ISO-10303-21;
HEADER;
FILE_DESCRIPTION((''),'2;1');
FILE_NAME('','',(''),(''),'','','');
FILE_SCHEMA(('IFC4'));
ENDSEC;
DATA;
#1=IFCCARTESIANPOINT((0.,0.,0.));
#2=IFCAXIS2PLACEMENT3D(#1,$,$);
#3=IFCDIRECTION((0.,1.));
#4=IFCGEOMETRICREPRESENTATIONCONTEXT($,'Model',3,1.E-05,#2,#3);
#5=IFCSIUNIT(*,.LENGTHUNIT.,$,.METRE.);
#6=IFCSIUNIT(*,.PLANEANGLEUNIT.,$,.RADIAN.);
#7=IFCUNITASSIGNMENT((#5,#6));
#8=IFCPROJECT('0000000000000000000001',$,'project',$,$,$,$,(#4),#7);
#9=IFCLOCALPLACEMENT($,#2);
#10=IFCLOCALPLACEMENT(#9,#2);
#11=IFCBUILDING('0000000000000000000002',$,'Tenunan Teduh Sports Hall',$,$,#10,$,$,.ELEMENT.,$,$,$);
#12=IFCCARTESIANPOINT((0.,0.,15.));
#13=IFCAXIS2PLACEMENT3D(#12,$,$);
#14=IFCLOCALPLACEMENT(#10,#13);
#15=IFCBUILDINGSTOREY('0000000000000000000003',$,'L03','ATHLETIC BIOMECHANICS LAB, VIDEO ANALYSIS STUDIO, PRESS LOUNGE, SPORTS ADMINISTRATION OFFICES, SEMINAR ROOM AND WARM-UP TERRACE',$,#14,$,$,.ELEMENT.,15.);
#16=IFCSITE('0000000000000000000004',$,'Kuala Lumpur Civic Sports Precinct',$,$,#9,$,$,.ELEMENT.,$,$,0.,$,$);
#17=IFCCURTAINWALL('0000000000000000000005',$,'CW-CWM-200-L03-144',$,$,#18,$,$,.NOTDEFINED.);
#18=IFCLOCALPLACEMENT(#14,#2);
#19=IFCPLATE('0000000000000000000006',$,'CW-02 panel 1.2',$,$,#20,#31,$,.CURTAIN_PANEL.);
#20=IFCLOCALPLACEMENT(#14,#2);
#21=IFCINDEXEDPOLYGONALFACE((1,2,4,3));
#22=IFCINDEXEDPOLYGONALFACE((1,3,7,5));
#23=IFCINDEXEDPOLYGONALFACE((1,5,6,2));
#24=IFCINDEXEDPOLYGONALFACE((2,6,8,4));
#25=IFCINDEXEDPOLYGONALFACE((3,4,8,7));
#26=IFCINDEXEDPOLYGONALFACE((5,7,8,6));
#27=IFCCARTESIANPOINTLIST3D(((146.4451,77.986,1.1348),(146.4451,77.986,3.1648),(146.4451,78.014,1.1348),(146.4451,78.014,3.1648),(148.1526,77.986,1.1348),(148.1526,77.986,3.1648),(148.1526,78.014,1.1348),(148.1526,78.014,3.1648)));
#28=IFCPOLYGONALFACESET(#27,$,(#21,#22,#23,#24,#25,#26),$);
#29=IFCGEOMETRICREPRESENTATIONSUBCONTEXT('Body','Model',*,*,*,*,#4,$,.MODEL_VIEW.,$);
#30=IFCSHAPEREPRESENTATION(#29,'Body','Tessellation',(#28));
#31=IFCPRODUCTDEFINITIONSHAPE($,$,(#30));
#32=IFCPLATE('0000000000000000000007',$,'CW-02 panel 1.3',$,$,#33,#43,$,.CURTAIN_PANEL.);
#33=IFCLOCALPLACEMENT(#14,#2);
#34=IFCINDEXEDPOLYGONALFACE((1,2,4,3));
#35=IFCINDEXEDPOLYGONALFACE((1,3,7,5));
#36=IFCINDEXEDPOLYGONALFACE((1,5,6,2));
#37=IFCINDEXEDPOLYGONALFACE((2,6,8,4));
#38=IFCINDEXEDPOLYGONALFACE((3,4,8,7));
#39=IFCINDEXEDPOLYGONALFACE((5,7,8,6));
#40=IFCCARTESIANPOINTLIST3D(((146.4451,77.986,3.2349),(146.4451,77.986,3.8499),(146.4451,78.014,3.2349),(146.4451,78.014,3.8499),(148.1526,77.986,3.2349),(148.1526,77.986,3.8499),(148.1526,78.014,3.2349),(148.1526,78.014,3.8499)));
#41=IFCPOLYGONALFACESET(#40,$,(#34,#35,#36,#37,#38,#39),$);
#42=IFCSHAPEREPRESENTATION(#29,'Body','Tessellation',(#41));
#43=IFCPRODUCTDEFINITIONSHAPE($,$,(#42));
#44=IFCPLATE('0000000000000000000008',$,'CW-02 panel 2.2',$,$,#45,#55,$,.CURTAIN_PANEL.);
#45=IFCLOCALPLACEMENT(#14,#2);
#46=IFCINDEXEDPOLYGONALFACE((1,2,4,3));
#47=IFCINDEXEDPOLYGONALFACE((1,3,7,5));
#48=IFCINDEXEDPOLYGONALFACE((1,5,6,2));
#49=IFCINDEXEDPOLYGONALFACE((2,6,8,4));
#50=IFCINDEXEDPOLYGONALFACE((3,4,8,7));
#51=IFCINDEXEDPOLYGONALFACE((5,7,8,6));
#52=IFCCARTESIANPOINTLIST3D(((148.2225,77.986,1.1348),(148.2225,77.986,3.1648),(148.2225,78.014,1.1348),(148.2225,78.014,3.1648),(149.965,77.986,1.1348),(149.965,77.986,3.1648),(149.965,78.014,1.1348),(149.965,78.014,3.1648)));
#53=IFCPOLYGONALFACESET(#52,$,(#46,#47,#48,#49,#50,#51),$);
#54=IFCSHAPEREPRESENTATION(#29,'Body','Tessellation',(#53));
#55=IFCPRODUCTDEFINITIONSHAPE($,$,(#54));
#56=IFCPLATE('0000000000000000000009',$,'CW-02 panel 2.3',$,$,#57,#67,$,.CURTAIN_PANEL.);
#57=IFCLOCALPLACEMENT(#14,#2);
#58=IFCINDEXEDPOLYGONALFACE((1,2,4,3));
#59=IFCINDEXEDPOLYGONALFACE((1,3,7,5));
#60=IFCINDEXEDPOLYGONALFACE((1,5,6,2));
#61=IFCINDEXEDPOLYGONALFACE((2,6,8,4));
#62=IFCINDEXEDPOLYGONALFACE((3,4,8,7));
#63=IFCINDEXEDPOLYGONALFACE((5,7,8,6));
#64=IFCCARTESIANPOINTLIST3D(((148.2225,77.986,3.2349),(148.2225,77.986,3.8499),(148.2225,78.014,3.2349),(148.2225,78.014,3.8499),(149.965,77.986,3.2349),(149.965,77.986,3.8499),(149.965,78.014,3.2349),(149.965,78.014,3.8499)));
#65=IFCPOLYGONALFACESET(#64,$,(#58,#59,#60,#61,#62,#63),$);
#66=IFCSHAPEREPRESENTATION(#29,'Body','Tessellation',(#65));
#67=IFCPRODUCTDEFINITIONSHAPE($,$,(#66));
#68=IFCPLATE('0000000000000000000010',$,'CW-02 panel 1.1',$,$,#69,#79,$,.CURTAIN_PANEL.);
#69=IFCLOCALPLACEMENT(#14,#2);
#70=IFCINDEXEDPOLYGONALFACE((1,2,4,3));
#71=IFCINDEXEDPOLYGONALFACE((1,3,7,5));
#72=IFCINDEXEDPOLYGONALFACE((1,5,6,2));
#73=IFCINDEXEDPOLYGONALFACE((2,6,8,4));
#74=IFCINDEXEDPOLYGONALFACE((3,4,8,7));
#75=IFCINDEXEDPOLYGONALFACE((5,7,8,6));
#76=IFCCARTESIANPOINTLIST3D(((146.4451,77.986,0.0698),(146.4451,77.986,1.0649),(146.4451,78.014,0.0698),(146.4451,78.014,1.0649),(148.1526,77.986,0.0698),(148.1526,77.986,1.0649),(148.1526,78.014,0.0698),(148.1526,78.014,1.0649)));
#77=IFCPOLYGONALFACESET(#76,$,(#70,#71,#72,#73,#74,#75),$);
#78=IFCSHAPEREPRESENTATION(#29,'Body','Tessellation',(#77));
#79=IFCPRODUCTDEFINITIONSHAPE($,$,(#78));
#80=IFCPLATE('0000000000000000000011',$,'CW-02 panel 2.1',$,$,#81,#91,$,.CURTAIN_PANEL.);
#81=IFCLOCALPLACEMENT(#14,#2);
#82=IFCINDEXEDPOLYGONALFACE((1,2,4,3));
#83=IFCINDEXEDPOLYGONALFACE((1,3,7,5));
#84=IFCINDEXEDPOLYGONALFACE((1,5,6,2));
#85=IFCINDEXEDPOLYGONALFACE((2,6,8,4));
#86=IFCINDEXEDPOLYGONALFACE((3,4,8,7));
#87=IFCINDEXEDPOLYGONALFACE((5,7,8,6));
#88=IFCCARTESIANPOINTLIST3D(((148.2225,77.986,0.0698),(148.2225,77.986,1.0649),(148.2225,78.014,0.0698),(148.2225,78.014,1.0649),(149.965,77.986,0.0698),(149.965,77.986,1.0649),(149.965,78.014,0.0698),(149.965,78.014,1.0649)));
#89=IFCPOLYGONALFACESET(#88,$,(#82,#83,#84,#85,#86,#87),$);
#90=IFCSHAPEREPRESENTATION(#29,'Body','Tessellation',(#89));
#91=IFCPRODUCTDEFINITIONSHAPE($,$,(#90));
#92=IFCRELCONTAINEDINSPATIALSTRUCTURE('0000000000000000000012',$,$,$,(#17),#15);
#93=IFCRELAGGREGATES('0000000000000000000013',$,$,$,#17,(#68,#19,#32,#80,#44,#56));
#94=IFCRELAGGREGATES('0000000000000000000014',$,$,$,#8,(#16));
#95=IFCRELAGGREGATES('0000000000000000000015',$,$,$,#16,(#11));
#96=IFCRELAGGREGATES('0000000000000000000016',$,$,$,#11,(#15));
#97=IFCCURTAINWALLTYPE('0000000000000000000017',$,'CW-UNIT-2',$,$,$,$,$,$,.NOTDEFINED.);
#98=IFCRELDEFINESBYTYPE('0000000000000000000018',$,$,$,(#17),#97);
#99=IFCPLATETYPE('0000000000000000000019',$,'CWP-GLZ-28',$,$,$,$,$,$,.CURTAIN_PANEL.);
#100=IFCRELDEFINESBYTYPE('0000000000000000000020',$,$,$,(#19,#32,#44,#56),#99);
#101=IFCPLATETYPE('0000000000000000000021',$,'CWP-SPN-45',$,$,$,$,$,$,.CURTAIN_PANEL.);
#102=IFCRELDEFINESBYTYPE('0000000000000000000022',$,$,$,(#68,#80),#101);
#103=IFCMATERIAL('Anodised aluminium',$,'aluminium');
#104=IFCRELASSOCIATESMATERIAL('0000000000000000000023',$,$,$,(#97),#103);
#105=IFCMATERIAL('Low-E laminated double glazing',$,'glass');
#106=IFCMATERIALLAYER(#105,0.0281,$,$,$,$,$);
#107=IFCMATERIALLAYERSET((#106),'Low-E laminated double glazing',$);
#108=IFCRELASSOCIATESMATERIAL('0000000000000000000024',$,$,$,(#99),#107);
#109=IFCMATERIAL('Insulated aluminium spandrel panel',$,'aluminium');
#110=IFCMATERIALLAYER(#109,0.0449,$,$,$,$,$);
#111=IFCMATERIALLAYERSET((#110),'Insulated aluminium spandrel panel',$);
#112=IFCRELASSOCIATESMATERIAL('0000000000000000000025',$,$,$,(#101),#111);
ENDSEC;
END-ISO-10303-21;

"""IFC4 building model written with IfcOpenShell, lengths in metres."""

from ifc_helpers import new_model, si_unit, direction, frame, origin, origin_2d, place, context, subcontext, project, spatial, rectangle, extrude, material, layer, layer_set, type_object, element, aggregate, save


model = new_model("IFC4")

# Units and contexts
model_context = context("Model", 3, precision=1e-05, world=origin(), true_north=direction((0.0, 1.0)))
body_context = subcontext(model_context, "Body", "Model", "MODEL_VIEW")
ifc_project = project(units=[si_unit("LENGTHUNIT", "METRE"), si_unit("PLANEANGLEUNIT", "RADIAN")], contexts=[model_context])

# Site, building, storey
site_placement = place(None, origin())
site = spatial("IfcSite", under=ifc_project, at=site_placement, Name="Kuala Lumpur Civic Sports Precinct", CompositionType="ELEMENT", RefElevation=0.0)
building_placement = place(site_placement, origin())
building = spatial("IfcBuilding", under=site, at=building_placement, Name="Tenunan Teduh Sports Hall", CompositionType="ELEMENT")
storey_placement = place(building_placement, frame((0.0, 0.0, 15.0)))
storey = spatial("IfcBuildingStorey", under=building, at=storey_placement, Name="L03", Description="ATHLETIC BIOMECHANICS LAB, VIDEO ANALYSIS STUDIO, PRESS LOUNGE, SPORTS ADMINISTRATION OFFICES, SEMINAR ROOM AND WARM-UP TERRACE", CompositionType="ELEMENT", Elevation=15.0)

# Curtain wall, plates
ifc_material_1 = material(Name="Anodised aluminium", Category="aluminium")
curtain_wall_type = type_object("IfcCurtainWallType", Name="CW-UNIT-2", PredefinedType="NOTDEFINED", material=ifc_material_1)
curtain_wall_placement = place(storey_placement, origin())
curtain_wall = element("IfcCurtainWall", 1, at=curtain_wall_placement, inside=storey, type_object=curtain_wall_type, Name="CW-CWM-200-L03-144", PredefinedType="NOTDEFINED")
ifc_material_2 = material(Name="Low-E laminated double glazing", Category="glass")
ifc_layer_1 = layer(ifc_material_2, 0.0281)
ifc_layer_set_1 = layer_set([ifc_layer_1], Name="Low-E laminated double glazing")
plate_type_1 = type_object("IfcPlateType", Name="CWP-GLZ-28", PredefinedType="CURTAIN_PANEL", material=ifc_layer_set_1)
plate_1_placement = place(storey_placement, frame((147.2988, 78.0, 1.1348), z_axis=(0.0, 0.0, 1.0), x_axis=(1.0, 0.0, 0.0)))
plate_1 = element("IfcPlate", 2, at=plate_1_placement, type_object=plate_type_1, Name="CW-02 panel 1.2", PredefinedType="CURTAIN_PANEL", context=body_context, shape_type="SweptSolid", body=[
    extrude(rectangle(XDim=1.7075, YDim=0.0281, at=origin_2d()), origin(), (0.0, 0.0, 1.0), 2.03),
])
plate_2_placement = place(storey_placement, frame((147.2988, 78.0, 3.2349), z_axis=(0.0, 0.0, 1.0), x_axis=(1.0, 0.0, 0.0)))
plate_2 = element("IfcPlate", 3, at=plate_2_placement, type_object=plate_type_1, Name="CW-02 panel 1.3", PredefinedType="CURTAIN_PANEL", context=body_context, shape_type="SweptSolid", body=[
    extrude(rectangle(XDim=1.7075, YDim=0.0281, at=origin_2d()), origin(), (0.0, 0.0, 1.0), 0.615),
])
plate_3_placement = place(storey_placement, frame((149.0938, 78.0, 1.1348), z_axis=(0.0, 0.0, 1.0), x_axis=(1.0, 0.0, 0.0)))
plate_3 = element("IfcPlate", 4, at=plate_3_placement, type_object=plate_type_1, Name="CW-02 panel 2.2", PredefinedType="CURTAIN_PANEL", context=body_context, shape_type="SweptSolid", body=[
    extrude(rectangle(XDim=1.7424, YDim=0.0281, at=origin_2d()), origin(), (0.0, 0.0, 1.0), 2.03),
])
plate_4_placement = place(storey_placement, frame((149.0938, 78.0, 3.2349), z_axis=(0.0, 0.0, 1.0), x_axis=(1.0, 0.0, 0.0)))
plate_4 = element("IfcPlate", 5, at=plate_4_placement, type_object=plate_type_1, Name="CW-02 panel 2.3", PredefinedType="CURTAIN_PANEL", context=body_context, shape_type="SweptSolid", body=[
    extrude(rectangle(XDim=1.7424, YDim=0.0281, at=origin_2d()), origin(), (0.0, 0.0, 1.0), 0.615),
])
ifc_material_3 = material(Name="Insulated aluminium spandrel panel", Category="aluminium")
ifc_layer_2 = layer(ifc_material_3, 0.0449)
ifc_layer_set_2 = layer_set([ifc_layer_2], Name="Insulated aluminium spandrel panel")
plate_type_2 = type_object("IfcPlateType", Name="CWP-SPN-45", PredefinedType="CURTAIN_PANEL", material=ifc_layer_set_2)
plate_5_placement = place(storey_placement, frame((147.2988, 78.0, 0.0698), z_axis=(0.0, 0.0, 1.0), x_axis=(1.0, 0.0, 0.0)))
plate_5 = element("IfcPlate", 6, at=plate_5_placement, type_object=plate_type_2, Name="CW-02 panel 1.1", PredefinedType="CURTAIN_PANEL", context=body_context, shape_type="SweptSolid", body=[
    extrude(rectangle(XDim=1.7075, YDim=0.0281, at=origin_2d()), origin(), (0.0, 0.0, 1.0), 0.9951),
])
plate_6_placement = place(storey_placement, frame((149.0938, 78.0, 0.0698), z_axis=(0.0, 0.0, 1.0), x_axis=(1.0, 0.0, 0.0)))
plate_6 = element("IfcPlate", 7, at=plate_6_placement, type_object=plate_type_2, Name="CW-02 panel 2.1", PredefinedType="CURTAIN_PANEL", context=body_context, shape_type="SweptSolid", body=[
    extrude(rectangle(XDim=1.7424, YDim=0.0281, at=origin_2d()), origin(), (0.0, 0.0, 1.0), 0.9951),
])
aggregate(curtain_wall, [plate_5, plate_1, plate_2, plate_6, plate_3, plate_4])

save(model, "model.ifc")
